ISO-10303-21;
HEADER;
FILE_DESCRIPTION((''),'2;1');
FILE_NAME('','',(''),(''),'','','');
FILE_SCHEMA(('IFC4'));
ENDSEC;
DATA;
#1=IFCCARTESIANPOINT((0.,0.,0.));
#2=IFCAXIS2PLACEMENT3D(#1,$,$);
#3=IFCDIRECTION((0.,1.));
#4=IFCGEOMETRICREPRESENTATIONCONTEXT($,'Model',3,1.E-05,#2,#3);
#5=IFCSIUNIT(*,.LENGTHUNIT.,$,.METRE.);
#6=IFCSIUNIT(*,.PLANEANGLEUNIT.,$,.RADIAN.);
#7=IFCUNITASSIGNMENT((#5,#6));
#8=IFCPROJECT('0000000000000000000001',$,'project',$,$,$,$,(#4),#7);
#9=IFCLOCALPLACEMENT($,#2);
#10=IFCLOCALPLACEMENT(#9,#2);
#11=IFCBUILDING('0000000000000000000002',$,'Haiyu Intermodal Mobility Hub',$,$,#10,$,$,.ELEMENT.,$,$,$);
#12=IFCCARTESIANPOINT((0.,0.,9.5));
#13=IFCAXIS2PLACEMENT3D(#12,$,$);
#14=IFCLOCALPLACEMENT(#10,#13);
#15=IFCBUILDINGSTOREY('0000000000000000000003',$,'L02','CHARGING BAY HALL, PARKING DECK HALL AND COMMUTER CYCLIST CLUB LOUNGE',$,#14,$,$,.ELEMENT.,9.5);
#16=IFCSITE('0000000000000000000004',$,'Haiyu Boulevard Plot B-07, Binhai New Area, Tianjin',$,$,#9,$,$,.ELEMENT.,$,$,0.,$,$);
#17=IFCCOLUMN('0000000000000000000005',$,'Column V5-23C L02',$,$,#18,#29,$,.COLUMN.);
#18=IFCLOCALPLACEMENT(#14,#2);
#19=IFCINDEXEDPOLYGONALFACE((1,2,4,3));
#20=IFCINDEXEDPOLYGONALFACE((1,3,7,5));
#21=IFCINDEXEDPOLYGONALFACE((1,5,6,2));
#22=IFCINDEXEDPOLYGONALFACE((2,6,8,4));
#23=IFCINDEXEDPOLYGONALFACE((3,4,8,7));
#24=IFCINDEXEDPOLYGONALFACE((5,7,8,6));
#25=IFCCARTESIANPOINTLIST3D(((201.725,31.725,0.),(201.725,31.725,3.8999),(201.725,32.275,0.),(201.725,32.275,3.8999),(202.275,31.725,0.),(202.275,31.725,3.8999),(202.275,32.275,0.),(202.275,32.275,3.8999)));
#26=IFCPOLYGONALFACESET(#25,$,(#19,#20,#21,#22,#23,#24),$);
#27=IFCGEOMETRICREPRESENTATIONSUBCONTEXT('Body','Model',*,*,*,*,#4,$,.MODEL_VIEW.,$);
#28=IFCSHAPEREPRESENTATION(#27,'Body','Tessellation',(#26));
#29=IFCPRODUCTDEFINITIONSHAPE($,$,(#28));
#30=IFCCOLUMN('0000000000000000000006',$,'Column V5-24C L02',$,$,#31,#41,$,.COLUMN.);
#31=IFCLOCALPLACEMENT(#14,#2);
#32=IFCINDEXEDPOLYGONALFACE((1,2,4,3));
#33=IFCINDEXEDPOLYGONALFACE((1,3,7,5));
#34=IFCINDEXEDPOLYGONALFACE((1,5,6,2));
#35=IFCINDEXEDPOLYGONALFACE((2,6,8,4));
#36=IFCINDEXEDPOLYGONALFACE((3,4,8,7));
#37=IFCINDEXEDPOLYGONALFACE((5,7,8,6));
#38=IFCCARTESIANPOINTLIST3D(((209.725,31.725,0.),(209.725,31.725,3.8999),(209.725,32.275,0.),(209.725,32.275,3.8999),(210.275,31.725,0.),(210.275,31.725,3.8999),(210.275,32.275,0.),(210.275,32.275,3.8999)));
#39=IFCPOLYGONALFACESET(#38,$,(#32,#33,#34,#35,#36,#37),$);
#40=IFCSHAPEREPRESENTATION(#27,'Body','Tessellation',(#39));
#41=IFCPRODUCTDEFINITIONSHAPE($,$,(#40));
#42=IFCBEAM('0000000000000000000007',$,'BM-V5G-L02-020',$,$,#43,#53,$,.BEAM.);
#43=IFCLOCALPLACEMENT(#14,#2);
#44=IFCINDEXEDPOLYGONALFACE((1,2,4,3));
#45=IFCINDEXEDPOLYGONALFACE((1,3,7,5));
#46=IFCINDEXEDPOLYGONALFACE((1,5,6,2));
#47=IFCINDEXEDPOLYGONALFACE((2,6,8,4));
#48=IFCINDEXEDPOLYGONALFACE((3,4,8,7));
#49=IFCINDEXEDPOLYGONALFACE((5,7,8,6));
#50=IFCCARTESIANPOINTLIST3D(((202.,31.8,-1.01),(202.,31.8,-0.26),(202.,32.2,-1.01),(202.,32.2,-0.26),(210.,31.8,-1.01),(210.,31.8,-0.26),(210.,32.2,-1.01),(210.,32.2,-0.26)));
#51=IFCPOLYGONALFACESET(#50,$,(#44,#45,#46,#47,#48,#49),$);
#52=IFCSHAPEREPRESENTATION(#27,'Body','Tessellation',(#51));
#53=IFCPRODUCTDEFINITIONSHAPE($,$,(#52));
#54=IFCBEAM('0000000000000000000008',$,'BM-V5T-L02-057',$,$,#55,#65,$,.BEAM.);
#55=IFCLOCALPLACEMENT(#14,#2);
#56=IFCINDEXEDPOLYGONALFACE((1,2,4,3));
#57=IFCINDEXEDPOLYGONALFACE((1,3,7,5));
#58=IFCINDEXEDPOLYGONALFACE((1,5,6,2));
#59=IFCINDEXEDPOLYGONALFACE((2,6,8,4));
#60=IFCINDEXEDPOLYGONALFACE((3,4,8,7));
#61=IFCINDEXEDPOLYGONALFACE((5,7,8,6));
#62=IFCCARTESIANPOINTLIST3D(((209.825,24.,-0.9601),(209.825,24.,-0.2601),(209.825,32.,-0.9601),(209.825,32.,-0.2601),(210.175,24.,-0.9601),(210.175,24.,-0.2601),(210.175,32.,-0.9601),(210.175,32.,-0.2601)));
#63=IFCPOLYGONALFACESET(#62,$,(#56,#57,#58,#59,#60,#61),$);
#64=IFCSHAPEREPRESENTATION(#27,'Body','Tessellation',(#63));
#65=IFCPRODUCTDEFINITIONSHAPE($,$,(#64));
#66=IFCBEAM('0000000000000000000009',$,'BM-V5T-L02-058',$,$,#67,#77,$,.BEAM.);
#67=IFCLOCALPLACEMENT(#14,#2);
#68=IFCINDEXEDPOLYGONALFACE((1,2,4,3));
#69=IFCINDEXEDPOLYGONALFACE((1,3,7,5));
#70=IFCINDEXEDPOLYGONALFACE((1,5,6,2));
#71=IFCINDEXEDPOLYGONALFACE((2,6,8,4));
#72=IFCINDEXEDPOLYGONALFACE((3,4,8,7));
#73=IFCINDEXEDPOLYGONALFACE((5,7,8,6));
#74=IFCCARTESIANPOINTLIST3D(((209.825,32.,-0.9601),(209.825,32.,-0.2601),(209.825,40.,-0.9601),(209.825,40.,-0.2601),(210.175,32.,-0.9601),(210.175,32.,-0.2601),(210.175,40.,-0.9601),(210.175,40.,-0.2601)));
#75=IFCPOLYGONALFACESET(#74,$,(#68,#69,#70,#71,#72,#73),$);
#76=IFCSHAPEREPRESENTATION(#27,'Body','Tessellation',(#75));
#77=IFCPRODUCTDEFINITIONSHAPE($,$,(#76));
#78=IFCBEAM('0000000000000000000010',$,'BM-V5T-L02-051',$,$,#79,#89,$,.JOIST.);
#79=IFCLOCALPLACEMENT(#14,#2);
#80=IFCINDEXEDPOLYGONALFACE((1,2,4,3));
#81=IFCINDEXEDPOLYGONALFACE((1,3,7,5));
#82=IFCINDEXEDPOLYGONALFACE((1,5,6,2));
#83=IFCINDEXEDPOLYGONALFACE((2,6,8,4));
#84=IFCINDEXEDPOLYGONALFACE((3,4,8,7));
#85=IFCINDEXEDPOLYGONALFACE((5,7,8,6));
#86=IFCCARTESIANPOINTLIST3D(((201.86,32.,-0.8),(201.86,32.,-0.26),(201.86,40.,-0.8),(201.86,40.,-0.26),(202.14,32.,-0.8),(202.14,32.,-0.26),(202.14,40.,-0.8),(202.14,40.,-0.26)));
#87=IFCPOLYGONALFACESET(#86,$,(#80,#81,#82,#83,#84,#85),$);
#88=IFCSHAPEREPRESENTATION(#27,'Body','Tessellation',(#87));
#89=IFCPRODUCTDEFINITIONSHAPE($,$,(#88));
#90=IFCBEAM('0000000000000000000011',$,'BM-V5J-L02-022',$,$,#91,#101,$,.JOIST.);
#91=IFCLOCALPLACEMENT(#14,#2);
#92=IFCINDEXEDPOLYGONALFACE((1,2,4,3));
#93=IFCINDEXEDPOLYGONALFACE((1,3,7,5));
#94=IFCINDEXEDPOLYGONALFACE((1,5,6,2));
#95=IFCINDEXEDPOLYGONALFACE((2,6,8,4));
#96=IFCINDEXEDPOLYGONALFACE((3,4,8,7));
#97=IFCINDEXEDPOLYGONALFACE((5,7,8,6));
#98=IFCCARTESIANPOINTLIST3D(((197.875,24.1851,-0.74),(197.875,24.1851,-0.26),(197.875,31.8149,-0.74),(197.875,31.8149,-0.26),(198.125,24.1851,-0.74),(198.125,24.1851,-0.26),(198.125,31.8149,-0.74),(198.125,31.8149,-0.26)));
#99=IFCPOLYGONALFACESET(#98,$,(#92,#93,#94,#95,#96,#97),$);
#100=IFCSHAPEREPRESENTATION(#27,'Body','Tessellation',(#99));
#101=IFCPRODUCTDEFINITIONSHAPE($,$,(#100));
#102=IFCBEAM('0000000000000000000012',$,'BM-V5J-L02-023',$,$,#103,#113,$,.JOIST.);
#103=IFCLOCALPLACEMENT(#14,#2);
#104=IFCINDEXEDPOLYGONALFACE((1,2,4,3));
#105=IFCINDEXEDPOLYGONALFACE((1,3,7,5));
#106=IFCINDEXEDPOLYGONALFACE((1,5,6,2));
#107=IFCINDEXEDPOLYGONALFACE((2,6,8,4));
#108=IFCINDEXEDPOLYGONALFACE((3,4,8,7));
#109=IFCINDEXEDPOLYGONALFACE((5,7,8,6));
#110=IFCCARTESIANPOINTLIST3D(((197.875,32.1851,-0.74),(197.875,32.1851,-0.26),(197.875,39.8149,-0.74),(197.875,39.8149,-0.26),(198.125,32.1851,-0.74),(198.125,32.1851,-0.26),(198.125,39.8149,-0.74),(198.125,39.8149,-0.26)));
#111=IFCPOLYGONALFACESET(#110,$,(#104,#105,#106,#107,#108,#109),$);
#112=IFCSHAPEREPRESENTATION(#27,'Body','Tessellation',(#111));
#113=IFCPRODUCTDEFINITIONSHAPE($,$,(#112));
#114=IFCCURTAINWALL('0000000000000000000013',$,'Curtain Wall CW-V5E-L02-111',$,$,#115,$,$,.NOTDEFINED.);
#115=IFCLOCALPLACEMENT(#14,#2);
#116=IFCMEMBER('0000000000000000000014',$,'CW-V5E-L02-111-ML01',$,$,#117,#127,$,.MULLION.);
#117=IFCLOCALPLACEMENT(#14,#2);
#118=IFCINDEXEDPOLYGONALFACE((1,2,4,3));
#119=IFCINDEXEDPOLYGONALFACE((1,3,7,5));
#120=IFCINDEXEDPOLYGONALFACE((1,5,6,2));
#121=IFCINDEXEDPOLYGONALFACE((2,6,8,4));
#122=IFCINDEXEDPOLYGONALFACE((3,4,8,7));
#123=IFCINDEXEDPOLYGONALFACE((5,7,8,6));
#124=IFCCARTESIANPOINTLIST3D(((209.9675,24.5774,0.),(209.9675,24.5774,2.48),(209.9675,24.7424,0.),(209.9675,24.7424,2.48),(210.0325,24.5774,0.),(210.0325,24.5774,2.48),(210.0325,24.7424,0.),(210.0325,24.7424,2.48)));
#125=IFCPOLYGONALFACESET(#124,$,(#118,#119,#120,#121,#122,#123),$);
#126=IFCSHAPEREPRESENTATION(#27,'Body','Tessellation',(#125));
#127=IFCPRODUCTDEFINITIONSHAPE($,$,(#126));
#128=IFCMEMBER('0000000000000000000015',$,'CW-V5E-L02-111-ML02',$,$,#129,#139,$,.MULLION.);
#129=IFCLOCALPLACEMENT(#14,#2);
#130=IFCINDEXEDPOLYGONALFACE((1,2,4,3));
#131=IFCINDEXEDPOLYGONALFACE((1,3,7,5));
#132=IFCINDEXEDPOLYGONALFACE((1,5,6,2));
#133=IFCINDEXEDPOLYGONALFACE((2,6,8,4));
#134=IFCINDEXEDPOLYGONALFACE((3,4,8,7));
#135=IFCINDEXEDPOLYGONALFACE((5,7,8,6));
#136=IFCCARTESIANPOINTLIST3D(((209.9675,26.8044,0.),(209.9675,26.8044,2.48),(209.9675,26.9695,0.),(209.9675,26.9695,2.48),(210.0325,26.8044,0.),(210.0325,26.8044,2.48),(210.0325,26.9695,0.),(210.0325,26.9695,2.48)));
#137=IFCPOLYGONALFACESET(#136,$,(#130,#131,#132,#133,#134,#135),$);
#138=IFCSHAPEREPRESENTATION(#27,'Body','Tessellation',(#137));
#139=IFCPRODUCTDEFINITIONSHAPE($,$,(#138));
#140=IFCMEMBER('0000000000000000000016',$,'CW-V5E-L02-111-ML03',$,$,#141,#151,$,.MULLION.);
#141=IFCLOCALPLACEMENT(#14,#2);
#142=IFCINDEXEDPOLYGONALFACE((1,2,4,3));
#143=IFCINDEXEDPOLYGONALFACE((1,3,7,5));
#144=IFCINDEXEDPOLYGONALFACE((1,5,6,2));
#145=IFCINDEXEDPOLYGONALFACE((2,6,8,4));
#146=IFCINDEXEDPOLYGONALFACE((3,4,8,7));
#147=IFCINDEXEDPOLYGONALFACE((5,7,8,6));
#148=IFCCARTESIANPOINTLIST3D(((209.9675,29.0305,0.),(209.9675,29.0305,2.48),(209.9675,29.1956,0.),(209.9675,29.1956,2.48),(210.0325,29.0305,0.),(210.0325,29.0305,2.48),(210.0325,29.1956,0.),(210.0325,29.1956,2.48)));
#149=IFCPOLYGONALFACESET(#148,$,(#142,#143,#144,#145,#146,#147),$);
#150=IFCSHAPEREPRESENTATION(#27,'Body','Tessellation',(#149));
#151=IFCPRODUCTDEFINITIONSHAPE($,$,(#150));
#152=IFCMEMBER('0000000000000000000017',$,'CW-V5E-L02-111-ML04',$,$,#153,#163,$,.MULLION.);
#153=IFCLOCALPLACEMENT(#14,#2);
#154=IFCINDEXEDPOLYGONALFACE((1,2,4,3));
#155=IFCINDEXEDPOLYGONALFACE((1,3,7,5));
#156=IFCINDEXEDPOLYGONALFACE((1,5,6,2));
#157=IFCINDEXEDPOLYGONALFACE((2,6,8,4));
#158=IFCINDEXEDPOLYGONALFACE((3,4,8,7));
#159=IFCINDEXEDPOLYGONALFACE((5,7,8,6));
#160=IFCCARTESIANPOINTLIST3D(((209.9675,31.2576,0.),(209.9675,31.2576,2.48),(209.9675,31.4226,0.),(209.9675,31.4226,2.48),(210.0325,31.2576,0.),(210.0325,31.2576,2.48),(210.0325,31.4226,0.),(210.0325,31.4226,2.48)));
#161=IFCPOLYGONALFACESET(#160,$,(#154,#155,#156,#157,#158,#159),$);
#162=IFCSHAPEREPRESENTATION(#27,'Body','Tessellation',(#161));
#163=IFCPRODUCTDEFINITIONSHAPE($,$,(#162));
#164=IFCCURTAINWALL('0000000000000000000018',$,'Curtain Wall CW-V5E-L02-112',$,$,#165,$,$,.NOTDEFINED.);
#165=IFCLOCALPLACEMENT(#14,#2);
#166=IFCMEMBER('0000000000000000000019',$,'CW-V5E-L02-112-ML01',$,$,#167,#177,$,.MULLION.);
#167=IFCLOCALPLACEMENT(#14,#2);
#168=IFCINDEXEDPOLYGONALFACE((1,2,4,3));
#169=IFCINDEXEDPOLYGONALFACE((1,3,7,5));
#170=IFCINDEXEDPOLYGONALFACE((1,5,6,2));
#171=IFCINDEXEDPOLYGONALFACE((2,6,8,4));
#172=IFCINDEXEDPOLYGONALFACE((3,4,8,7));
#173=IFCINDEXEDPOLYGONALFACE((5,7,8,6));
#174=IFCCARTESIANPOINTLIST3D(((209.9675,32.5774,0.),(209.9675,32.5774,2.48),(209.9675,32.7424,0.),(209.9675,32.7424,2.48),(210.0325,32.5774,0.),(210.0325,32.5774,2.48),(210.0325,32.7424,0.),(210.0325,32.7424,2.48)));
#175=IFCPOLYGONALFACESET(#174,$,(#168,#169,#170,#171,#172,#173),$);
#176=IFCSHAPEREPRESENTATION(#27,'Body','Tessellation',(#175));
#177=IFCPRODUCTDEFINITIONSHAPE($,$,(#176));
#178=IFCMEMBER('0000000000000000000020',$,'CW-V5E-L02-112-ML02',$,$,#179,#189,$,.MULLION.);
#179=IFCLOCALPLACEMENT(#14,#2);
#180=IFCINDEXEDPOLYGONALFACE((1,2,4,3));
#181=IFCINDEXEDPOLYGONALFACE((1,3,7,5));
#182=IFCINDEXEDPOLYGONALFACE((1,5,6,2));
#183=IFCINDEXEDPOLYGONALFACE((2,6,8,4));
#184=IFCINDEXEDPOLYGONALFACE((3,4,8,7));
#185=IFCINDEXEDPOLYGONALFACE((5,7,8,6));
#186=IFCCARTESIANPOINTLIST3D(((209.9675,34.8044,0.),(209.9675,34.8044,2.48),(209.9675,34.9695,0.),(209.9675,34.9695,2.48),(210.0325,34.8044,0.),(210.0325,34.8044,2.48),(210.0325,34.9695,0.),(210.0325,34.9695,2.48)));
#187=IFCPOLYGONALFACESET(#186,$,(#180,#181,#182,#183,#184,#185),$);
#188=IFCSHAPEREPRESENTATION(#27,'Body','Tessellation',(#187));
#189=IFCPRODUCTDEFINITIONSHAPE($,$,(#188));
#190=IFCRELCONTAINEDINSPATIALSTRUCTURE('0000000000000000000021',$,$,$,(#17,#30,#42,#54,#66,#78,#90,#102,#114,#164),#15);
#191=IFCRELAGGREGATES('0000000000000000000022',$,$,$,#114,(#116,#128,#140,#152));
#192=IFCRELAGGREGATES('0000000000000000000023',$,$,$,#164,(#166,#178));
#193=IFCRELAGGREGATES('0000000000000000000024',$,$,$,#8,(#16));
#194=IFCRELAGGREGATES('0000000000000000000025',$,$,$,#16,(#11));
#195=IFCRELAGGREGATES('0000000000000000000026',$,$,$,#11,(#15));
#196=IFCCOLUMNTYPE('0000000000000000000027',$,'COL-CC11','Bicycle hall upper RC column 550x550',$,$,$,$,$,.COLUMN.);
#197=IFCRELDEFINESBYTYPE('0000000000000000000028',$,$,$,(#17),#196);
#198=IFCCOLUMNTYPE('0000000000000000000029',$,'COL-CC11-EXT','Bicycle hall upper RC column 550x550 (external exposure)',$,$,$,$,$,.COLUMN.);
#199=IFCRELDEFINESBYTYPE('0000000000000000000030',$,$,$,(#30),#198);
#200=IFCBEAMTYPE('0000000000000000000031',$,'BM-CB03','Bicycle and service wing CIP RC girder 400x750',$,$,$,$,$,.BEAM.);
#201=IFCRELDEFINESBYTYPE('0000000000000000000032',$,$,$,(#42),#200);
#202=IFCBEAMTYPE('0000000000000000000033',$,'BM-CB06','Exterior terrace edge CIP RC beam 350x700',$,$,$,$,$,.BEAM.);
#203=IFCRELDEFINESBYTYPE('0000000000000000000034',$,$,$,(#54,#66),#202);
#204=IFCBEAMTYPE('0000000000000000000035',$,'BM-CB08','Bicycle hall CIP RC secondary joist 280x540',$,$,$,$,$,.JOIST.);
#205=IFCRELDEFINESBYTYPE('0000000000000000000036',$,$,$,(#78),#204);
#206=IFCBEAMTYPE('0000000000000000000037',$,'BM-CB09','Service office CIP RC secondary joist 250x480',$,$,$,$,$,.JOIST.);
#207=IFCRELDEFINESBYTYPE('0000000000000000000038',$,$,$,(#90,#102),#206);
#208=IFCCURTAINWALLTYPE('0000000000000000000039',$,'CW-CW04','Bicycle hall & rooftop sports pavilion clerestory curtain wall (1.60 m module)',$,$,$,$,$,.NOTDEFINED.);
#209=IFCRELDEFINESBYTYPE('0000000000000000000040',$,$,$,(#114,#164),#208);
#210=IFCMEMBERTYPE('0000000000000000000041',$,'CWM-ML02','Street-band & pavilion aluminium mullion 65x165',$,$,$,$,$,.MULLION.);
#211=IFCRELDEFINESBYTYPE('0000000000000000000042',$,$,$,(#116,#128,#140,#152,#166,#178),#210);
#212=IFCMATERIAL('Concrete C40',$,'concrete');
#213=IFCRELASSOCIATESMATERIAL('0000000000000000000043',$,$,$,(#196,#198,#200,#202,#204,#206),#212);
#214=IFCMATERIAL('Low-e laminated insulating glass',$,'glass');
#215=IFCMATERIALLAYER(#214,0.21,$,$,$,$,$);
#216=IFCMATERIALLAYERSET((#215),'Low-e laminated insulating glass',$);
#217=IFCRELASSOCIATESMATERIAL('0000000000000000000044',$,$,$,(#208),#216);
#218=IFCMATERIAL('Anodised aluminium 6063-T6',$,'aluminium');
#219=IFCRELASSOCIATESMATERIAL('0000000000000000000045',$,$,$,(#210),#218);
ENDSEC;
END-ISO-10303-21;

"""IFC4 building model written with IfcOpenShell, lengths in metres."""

from ifc_helpers import new_model, si_unit, direction, frame, origin, origin_2d, place, context, subcontext, project, spatial, rectangle, extrude, material, layer, layer_set, material_profile, profile_set, type_object, element, aggregate, save


model = new_model("IFC4")

# Units and contexts
model_context = context("Model", 3, precision=1e-05, world=origin(), true_north=direction((0.0, 1.0)))
body_context = subcontext(model_context, "Body", "Model", "MODEL_VIEW")
ifc_project = project(units=[si_unit("LENGTHUNIT", "METRE"), si_unit("PLANEANGLEUNIT", "RADIAN")], contexts=[model_context])

# Site, building, storey
site_placement = place(None, origin())
site = spatial("IfcSite", under=ifc_project, at=site_placement, Name="Haiyu Boulevard Plot B-07, Binhai New Area, Tianjin", CompositionType="ELEMENT", RefElevation=0.0)
building_placement = place(site_placement, origin())
building = spatial("IfcBuilding", under=site, at=building_placement, Name="Haiyu Intermodal Mobility Hub", CompositionType="ELEMENT")
storey_placement = place(building_placement, frame((0.0, 0.0, 9.5)))
storey = spatial("IfcBuildingStorey", under=building, at=storey_placement, Name="L02", Description="CHARGING BAY HALL, PARKING DECK HALL AND COMMUTER CYCLIST CLUB LOUNGE", CompositionType="ELEMENT", Elevation=9.5)

# Columns
ifc_material_1 = material(Name="Concrete C40", Category="concrete")
ifc_material_profile_1 = material_profile(ifc_material_1, rectangle(XDim=0.55, YDim=0.55, at=origin_2d()), Name="RC550x550")
ifc_profile_set_1 = profile_set([ifc_material_profile_1], Name="Concrete C40")
column_type_1 = type_object("IfcColumnType", Name="COL-CC11", Description="Bicycle hall upper RC column 550x550", PredefinedType="COLUMN", material=ifc_profile_set_1)
column_1_placement = place(storey_placement, frame((202.0, 32.0, 0.0), z_axis=(0.0, 0.0, 1.0), x_axis=(1.0, 0.0, 0.0)))
element("IfcColumn", 1, at=column_1_placement, inside=storey, type_object=column_type_1, Name="Column V5-23C L02", PredefinedType="COLUMN", context=body_context, shape_type="SweptSolid", body=[
    extrude(rectangle(XDim=0.55, YDim=0.55, at=origin_2d()), origin(), (0.0, 0.0, 1.0), 3.8999),
])
ifc_material_profile_2 = material_profile(ifc_material_1, rectangle(XDim=0.55, YDim=0.55, at=origin_2d()), Name="RC550x550")
ifc_profile_set_2 = profile_set([ifc_material_profile_2], Name="Concrete C40")
column_type_2 = type_object("IfcColumnType", Name="COL-CC11-EXT", Description="Bicycle hall upper RC column 550x550 (external exposure)", PredefinedType="COLUMN", material=ifc_profile_set_2)
column_2_placement = place(storey_placement, frame((210.0, 32.0, 0.0), z_axis=(0.0, 0.0, 1.0), x_axis=(1.0, 0.0, 0.0)))
element("IfcColumn", 2, at=column_2_placement, inside=storey, type_object=column_type_2, Name="Column V5-24C L02", PredefinedType="COLUMN", context=body_context, shape_type="SweptSolid", body=[
    extrude(rectangle(XDim=0.55, YDim=0.55, at=origin_2d()), origin(), (0.0, 0.0, 1.0), 3.8999),
])

# Beams
ifc_material_profile_3 = material_profile(ifc_material_1, rectangle(XDim=0.3999, YDim=0.75, at=origin_2d()), Name="RCB400x750")
ifc_profile_set_3 = profile_set([ifc_material_profile_3], Name="Concrete C40")
beam_type_1 = type_object("IfcBeamType", Name="BM-CB03", Description="Bicycle and service wing CIP RC girder 400x750", PredefinedType="BEAM", material=ifc_profile_set_3)
beam_1_placement = place(storey_placement, frame((202.0, 32.0, -0.635), z_axis=(1.0, 0.0, 0.0), x_axis=(0.0, 1.0, 0.0)))
element("IfcBeam", 3, at=beam_1_placement, inside=storey, type_object=beam_type_1, Name="BM-V5G-L02-020", PredefinedType="BEAM", context=body_context, shape_type="SweptSolid", body=[
    extrude(rectangle(XDim=0.3999, YDim=0.75, at=origin_2d()), origin(), (0.0, 0.0, 1.0), 8.0),
])
ifc_material_profile_4 = material_profile(ifc_material_1, rectangle(XDim=0.3501, YDim=0.7, at=origin_2d()), Name="RCB350x700")
ifc_profile_set_4 = profile_set([ifc_material_profile_4], Name="Concrete C40")
beam_type_2 = type_object("IfcBeamType", Name="BM-CB06", Description="Exterior terrace edge CIP RC beam 350x700", PredefinedType="BEAM", material=ifc_profile_set_4)
for number, where, z_axis, x_axis, name in (
    (4, (210.0, 24.0, -0.6101), (0.0, 1.0, 0.0), (-1.0, 0.0, 0.0), "BM-V5T-L02-057"),
    (5, (210.0, 32.0, -0.6101), (0.0, 1.0, 0.0), (-1.0, 0.0, 0.0), "BM-V5T-L02-058"),
):
    element("IfcBeam", number, at=place(storey_placement, frame(where, z_axis=z_axis, x_axis=x_axis)), inside=storey, type_object=beam_type_2, Name=name, PredefinedType="BEAM", context=body_context, shape_type="SweptSolid", body=[
        extrude(rectangle(XDim=0.3501, YDim=0.7, at=origin_2d()), origin(), (0.0, 0.0, 1.0), 8.0),
    ])
ifc_material_profile_5 = material_profile(ifc_material_1, rectangle(XDim=0.28, YDim=0.54, at=origin_2d()), Name="RCB280x540")
ifc_profile_set_5 = profile_set([ifc_material_profile_5], Name="Concrete C40")
beam_type_3 = type_object("IfcBeamType", Name="BM-CB08", Description="Bicycle hall CIP RC secondary joist 280x540", PredefinedType="JOIST", material=ifc_profile_set_5)
beam_2_placement = place(storey_placement, frame((202.0, 32.0, -0.53), z_axis=(0.0, 1.0, 0.0), x_axis=(-1.0, 0.0, 0.0)))
element("IfcBeam", 6, at=beam_2_placement, inside=storey, type_object=beam_type_3, Name="BM-V5T-L02-051", PredefinedType="JOIST", context=body_context, shape_type="SweptSolid", body=[
    extrude(rectangle(XDim=0.28, YDim=0.54, at=origin_2d()), origin(), (0.0, 0.0, 1.0), 8.0),
])
ifc_material_profile_6 = material_profile(ifc_material_1, rectangle(XDim=0.25, YDim=0.48, at=origin_2d()), Name="RCB250x480")
ifc_profile_set_6 = profile_set([ifc_material_profile_6], Name="Concrete C40")
beam_type_4 = type_object("IfcBeamType", Name="BM-CB09", Description="Service office CIP RC secondary joist 250x480", PredefinedType="JOIST", material=ifc_profile_set_6)
for number, where, z_axis, x_axis, name in (
    (7, (198.0, 24.1851, -0.5), (0.0, 1.0, 0.0), (-1.0, 0.0, 0.0), "BM-V5J-L02-022"),
    (8, (198.0, 32.1851, -0.5), (0.0, 1.0, 0.0), (-1.0, 0.0, 0.0), "BM-V5J-L02-023"),
):
    element("IfcBeam", number, at=place(storey_placement, frame(where, z_axis=z_axis, x_axis=x_axis)), inside=storey, type_object=beam_type_4, Name=name, PredefinedType="JOIST", context=body_context, shape_type="SweptSolid", body=[
        extrude(rectangle(XDim=0.25, YDim=0.48, at=origin_2d()), origin(), (0.0, 0.0, 1.0), 7.6299),
    ])

# Curtain walls, members
ifc_material_2 = material(Name="Low-e laminated insulating glass", Category="glass")
ifc_layer_1 = layer(ifc_material_2, 0.21)
ifc_layer_set_1 = layer_set([ifc_layer_1], Name="Low-e laminated insulating glass")
curtain_wall_type = type_object("IfcCurtainWallType", Name="CW-CW04", Description="Bicycle hall & rooftop sports pavilion clerestory curtain wall (1.60 m module)", PredefinedType="NOTDEFINED", material=ifc_layer_set_1)
curtain_wall_1_placement = place(storey_placement, origin())
curtain_wall_1 = element("IfcCurtainWall", 9, at=curtain_wall_1_placement, inside=storey, type_object=curtain_wall_type, Name="Curtain Wall CW-V5E-L02-111", PredefinedType="NOTDEFINED")
ifc_material_3 = material(Name="Anodised aluminium 6063-T6", Category="aluminium")
ifc_material_profile_7 = material_profile(ifc_material_3, rectangle(XDim=0.0649, YDim=0.165, at=origin_2d()), Name="ALU65x165")
ifc_profile_set_7 = profile_set([ifc_material_profile_7], Name="Anodised aluminium 6063-T6")
member_type_1 = type_object("IfcMemberType", Name="CWM-ML02", Description="Street-band & pavilion aluminium mullion 65x165", PredefinedType="MULLION", material=ifc_profile_set_7)
member_1_placement = place(storey_placement, frame((210.0, 24.6599, 0.0), z_axis=(0.0, 0.0, 1.0), x_axis=(1.0, 0.0, 0.0)))
member_1 = element("IfcMember", 10, at=member_1_placement, type_object=member_type_1, Name="CW-V5E-L02-111-ML01", PredefinedType="MULLION", context=body_context, shape_type="SweptSolid", body=[
    extrude(rectangle(XDim=0.0649, YDim=0.165, at=origin_2d()), origin(), (0.0, 0.0, 1.0), 2.48),
])
member_2_placement = place(storey_placement, frame((210.0, 26.887, 0.0), z_axis=(0.0, 0.0, 1.0), x_axis=(1.0, 0.0, 0.0)))
member_2 = element("IfcMember", 11, at=member_2_placement, type_object=member_type_1, Name="CW-V5E-L02-111-ML02", PredefinedType="MULLION", context=body_context, shape_type="SweptSolid", body=[
    extrude(rectangle(XDim=0.0649, YDim=0.165, at=origin_2d()), origin(), (0.0, 0.0, 1.0), 2.48),
])
member_3_placement = place(storey_placement, frame((210.0, 29.113, 0.0), z_axis=(0.0, 0.0, 1.0), x_axis=(1.0, 0.0, 0.0)))
member_3 = element("IfcMember", 12, at=member_3_placement, type_object=member_type_1, Name="CW-V5E-L02-111-ML03", PredefinedType="MULLION", context=body_context, shape_type="SweptSolid", body=[
    extrude(rectangle(XDim=0.0649, YDim=0.165, at=origin_2d()), origin(), (0.0, 0.0, 1.0), 2.48),
])
member_4_placement = place(storey_placement, frame((210.0, 31.3401, 0.0), z_axis=(0.0, 0.0, 1.0), x_axis=(1.0, 0.0, 0.0)))
member_4 = element("IfcMember", 13, at=member_4_placement, type_object=member_type_1, Name="CW-V5E-L02-111-ML04", PredefinedType="MULLION", context=body_context, shape_type="SweptSolid", body=[
    extrude(rectangle(XDim=0.0649, YDim=0.165, at=origin_2d()), origin(), (0.0, 0.0, 1.0), 2.48),
])
curtain_wall_2_placement = place(storey_placement, origin())
curtain_wall_2 = element("IfcCurtainWall", 14, at=curtain_wall_2_placement, inside=storey, type_object=curtain_wall_type, Name="Curtain Wall CW-V5E-L02-112", PredefinedType="NOTDEFINED")
member_5_placement = place(storey_placement, frame((210.0, 32.6599, 0.0), z_axis=(0.0, 0.0, 1.0), x_axis=(1.0, 0.0, 0.0)))
member_5 = element("IfcMember", 15, at=member_5_placement, type_object=member_type_1, Name="CW-V5E-L02-112-ML01", PredefinedType="MULLION", context=body_context, shape_type="SweptSolid", body=[
    extrude(rectangle(XDim=0.0649, YDim=0.165, at=origin_2d()), origin(), (0.0, 0.0, 1.0), 2.48),
])
member_6_placement = place(storey_placement, frame((210.0, 34.887, 0.0), z_axis=(0.0, 0.0, 1.0), x_axis=(1.0, 0.0, 0.0)))
member_6 = element("IfcMember", 16, at=member_6_placement, type_object=member_type_1, Name="CW-V5E-L02-112-ML02", PredefinedType="MULLION", context=body_context, shape_type="SweptSolid", body=[
    extrude(rectangle(XDim=0.0649, YDim=0.165, at=origin_2d()), origin(), (0.0, 0.0, 1.0), 2.48),
])

aggregate(curtain_wall_1, [member_1, member_2, member_3, member_4])
aggregate(curtain_wall_2, [member_5, member_6])

save(model, "model.ifc")
